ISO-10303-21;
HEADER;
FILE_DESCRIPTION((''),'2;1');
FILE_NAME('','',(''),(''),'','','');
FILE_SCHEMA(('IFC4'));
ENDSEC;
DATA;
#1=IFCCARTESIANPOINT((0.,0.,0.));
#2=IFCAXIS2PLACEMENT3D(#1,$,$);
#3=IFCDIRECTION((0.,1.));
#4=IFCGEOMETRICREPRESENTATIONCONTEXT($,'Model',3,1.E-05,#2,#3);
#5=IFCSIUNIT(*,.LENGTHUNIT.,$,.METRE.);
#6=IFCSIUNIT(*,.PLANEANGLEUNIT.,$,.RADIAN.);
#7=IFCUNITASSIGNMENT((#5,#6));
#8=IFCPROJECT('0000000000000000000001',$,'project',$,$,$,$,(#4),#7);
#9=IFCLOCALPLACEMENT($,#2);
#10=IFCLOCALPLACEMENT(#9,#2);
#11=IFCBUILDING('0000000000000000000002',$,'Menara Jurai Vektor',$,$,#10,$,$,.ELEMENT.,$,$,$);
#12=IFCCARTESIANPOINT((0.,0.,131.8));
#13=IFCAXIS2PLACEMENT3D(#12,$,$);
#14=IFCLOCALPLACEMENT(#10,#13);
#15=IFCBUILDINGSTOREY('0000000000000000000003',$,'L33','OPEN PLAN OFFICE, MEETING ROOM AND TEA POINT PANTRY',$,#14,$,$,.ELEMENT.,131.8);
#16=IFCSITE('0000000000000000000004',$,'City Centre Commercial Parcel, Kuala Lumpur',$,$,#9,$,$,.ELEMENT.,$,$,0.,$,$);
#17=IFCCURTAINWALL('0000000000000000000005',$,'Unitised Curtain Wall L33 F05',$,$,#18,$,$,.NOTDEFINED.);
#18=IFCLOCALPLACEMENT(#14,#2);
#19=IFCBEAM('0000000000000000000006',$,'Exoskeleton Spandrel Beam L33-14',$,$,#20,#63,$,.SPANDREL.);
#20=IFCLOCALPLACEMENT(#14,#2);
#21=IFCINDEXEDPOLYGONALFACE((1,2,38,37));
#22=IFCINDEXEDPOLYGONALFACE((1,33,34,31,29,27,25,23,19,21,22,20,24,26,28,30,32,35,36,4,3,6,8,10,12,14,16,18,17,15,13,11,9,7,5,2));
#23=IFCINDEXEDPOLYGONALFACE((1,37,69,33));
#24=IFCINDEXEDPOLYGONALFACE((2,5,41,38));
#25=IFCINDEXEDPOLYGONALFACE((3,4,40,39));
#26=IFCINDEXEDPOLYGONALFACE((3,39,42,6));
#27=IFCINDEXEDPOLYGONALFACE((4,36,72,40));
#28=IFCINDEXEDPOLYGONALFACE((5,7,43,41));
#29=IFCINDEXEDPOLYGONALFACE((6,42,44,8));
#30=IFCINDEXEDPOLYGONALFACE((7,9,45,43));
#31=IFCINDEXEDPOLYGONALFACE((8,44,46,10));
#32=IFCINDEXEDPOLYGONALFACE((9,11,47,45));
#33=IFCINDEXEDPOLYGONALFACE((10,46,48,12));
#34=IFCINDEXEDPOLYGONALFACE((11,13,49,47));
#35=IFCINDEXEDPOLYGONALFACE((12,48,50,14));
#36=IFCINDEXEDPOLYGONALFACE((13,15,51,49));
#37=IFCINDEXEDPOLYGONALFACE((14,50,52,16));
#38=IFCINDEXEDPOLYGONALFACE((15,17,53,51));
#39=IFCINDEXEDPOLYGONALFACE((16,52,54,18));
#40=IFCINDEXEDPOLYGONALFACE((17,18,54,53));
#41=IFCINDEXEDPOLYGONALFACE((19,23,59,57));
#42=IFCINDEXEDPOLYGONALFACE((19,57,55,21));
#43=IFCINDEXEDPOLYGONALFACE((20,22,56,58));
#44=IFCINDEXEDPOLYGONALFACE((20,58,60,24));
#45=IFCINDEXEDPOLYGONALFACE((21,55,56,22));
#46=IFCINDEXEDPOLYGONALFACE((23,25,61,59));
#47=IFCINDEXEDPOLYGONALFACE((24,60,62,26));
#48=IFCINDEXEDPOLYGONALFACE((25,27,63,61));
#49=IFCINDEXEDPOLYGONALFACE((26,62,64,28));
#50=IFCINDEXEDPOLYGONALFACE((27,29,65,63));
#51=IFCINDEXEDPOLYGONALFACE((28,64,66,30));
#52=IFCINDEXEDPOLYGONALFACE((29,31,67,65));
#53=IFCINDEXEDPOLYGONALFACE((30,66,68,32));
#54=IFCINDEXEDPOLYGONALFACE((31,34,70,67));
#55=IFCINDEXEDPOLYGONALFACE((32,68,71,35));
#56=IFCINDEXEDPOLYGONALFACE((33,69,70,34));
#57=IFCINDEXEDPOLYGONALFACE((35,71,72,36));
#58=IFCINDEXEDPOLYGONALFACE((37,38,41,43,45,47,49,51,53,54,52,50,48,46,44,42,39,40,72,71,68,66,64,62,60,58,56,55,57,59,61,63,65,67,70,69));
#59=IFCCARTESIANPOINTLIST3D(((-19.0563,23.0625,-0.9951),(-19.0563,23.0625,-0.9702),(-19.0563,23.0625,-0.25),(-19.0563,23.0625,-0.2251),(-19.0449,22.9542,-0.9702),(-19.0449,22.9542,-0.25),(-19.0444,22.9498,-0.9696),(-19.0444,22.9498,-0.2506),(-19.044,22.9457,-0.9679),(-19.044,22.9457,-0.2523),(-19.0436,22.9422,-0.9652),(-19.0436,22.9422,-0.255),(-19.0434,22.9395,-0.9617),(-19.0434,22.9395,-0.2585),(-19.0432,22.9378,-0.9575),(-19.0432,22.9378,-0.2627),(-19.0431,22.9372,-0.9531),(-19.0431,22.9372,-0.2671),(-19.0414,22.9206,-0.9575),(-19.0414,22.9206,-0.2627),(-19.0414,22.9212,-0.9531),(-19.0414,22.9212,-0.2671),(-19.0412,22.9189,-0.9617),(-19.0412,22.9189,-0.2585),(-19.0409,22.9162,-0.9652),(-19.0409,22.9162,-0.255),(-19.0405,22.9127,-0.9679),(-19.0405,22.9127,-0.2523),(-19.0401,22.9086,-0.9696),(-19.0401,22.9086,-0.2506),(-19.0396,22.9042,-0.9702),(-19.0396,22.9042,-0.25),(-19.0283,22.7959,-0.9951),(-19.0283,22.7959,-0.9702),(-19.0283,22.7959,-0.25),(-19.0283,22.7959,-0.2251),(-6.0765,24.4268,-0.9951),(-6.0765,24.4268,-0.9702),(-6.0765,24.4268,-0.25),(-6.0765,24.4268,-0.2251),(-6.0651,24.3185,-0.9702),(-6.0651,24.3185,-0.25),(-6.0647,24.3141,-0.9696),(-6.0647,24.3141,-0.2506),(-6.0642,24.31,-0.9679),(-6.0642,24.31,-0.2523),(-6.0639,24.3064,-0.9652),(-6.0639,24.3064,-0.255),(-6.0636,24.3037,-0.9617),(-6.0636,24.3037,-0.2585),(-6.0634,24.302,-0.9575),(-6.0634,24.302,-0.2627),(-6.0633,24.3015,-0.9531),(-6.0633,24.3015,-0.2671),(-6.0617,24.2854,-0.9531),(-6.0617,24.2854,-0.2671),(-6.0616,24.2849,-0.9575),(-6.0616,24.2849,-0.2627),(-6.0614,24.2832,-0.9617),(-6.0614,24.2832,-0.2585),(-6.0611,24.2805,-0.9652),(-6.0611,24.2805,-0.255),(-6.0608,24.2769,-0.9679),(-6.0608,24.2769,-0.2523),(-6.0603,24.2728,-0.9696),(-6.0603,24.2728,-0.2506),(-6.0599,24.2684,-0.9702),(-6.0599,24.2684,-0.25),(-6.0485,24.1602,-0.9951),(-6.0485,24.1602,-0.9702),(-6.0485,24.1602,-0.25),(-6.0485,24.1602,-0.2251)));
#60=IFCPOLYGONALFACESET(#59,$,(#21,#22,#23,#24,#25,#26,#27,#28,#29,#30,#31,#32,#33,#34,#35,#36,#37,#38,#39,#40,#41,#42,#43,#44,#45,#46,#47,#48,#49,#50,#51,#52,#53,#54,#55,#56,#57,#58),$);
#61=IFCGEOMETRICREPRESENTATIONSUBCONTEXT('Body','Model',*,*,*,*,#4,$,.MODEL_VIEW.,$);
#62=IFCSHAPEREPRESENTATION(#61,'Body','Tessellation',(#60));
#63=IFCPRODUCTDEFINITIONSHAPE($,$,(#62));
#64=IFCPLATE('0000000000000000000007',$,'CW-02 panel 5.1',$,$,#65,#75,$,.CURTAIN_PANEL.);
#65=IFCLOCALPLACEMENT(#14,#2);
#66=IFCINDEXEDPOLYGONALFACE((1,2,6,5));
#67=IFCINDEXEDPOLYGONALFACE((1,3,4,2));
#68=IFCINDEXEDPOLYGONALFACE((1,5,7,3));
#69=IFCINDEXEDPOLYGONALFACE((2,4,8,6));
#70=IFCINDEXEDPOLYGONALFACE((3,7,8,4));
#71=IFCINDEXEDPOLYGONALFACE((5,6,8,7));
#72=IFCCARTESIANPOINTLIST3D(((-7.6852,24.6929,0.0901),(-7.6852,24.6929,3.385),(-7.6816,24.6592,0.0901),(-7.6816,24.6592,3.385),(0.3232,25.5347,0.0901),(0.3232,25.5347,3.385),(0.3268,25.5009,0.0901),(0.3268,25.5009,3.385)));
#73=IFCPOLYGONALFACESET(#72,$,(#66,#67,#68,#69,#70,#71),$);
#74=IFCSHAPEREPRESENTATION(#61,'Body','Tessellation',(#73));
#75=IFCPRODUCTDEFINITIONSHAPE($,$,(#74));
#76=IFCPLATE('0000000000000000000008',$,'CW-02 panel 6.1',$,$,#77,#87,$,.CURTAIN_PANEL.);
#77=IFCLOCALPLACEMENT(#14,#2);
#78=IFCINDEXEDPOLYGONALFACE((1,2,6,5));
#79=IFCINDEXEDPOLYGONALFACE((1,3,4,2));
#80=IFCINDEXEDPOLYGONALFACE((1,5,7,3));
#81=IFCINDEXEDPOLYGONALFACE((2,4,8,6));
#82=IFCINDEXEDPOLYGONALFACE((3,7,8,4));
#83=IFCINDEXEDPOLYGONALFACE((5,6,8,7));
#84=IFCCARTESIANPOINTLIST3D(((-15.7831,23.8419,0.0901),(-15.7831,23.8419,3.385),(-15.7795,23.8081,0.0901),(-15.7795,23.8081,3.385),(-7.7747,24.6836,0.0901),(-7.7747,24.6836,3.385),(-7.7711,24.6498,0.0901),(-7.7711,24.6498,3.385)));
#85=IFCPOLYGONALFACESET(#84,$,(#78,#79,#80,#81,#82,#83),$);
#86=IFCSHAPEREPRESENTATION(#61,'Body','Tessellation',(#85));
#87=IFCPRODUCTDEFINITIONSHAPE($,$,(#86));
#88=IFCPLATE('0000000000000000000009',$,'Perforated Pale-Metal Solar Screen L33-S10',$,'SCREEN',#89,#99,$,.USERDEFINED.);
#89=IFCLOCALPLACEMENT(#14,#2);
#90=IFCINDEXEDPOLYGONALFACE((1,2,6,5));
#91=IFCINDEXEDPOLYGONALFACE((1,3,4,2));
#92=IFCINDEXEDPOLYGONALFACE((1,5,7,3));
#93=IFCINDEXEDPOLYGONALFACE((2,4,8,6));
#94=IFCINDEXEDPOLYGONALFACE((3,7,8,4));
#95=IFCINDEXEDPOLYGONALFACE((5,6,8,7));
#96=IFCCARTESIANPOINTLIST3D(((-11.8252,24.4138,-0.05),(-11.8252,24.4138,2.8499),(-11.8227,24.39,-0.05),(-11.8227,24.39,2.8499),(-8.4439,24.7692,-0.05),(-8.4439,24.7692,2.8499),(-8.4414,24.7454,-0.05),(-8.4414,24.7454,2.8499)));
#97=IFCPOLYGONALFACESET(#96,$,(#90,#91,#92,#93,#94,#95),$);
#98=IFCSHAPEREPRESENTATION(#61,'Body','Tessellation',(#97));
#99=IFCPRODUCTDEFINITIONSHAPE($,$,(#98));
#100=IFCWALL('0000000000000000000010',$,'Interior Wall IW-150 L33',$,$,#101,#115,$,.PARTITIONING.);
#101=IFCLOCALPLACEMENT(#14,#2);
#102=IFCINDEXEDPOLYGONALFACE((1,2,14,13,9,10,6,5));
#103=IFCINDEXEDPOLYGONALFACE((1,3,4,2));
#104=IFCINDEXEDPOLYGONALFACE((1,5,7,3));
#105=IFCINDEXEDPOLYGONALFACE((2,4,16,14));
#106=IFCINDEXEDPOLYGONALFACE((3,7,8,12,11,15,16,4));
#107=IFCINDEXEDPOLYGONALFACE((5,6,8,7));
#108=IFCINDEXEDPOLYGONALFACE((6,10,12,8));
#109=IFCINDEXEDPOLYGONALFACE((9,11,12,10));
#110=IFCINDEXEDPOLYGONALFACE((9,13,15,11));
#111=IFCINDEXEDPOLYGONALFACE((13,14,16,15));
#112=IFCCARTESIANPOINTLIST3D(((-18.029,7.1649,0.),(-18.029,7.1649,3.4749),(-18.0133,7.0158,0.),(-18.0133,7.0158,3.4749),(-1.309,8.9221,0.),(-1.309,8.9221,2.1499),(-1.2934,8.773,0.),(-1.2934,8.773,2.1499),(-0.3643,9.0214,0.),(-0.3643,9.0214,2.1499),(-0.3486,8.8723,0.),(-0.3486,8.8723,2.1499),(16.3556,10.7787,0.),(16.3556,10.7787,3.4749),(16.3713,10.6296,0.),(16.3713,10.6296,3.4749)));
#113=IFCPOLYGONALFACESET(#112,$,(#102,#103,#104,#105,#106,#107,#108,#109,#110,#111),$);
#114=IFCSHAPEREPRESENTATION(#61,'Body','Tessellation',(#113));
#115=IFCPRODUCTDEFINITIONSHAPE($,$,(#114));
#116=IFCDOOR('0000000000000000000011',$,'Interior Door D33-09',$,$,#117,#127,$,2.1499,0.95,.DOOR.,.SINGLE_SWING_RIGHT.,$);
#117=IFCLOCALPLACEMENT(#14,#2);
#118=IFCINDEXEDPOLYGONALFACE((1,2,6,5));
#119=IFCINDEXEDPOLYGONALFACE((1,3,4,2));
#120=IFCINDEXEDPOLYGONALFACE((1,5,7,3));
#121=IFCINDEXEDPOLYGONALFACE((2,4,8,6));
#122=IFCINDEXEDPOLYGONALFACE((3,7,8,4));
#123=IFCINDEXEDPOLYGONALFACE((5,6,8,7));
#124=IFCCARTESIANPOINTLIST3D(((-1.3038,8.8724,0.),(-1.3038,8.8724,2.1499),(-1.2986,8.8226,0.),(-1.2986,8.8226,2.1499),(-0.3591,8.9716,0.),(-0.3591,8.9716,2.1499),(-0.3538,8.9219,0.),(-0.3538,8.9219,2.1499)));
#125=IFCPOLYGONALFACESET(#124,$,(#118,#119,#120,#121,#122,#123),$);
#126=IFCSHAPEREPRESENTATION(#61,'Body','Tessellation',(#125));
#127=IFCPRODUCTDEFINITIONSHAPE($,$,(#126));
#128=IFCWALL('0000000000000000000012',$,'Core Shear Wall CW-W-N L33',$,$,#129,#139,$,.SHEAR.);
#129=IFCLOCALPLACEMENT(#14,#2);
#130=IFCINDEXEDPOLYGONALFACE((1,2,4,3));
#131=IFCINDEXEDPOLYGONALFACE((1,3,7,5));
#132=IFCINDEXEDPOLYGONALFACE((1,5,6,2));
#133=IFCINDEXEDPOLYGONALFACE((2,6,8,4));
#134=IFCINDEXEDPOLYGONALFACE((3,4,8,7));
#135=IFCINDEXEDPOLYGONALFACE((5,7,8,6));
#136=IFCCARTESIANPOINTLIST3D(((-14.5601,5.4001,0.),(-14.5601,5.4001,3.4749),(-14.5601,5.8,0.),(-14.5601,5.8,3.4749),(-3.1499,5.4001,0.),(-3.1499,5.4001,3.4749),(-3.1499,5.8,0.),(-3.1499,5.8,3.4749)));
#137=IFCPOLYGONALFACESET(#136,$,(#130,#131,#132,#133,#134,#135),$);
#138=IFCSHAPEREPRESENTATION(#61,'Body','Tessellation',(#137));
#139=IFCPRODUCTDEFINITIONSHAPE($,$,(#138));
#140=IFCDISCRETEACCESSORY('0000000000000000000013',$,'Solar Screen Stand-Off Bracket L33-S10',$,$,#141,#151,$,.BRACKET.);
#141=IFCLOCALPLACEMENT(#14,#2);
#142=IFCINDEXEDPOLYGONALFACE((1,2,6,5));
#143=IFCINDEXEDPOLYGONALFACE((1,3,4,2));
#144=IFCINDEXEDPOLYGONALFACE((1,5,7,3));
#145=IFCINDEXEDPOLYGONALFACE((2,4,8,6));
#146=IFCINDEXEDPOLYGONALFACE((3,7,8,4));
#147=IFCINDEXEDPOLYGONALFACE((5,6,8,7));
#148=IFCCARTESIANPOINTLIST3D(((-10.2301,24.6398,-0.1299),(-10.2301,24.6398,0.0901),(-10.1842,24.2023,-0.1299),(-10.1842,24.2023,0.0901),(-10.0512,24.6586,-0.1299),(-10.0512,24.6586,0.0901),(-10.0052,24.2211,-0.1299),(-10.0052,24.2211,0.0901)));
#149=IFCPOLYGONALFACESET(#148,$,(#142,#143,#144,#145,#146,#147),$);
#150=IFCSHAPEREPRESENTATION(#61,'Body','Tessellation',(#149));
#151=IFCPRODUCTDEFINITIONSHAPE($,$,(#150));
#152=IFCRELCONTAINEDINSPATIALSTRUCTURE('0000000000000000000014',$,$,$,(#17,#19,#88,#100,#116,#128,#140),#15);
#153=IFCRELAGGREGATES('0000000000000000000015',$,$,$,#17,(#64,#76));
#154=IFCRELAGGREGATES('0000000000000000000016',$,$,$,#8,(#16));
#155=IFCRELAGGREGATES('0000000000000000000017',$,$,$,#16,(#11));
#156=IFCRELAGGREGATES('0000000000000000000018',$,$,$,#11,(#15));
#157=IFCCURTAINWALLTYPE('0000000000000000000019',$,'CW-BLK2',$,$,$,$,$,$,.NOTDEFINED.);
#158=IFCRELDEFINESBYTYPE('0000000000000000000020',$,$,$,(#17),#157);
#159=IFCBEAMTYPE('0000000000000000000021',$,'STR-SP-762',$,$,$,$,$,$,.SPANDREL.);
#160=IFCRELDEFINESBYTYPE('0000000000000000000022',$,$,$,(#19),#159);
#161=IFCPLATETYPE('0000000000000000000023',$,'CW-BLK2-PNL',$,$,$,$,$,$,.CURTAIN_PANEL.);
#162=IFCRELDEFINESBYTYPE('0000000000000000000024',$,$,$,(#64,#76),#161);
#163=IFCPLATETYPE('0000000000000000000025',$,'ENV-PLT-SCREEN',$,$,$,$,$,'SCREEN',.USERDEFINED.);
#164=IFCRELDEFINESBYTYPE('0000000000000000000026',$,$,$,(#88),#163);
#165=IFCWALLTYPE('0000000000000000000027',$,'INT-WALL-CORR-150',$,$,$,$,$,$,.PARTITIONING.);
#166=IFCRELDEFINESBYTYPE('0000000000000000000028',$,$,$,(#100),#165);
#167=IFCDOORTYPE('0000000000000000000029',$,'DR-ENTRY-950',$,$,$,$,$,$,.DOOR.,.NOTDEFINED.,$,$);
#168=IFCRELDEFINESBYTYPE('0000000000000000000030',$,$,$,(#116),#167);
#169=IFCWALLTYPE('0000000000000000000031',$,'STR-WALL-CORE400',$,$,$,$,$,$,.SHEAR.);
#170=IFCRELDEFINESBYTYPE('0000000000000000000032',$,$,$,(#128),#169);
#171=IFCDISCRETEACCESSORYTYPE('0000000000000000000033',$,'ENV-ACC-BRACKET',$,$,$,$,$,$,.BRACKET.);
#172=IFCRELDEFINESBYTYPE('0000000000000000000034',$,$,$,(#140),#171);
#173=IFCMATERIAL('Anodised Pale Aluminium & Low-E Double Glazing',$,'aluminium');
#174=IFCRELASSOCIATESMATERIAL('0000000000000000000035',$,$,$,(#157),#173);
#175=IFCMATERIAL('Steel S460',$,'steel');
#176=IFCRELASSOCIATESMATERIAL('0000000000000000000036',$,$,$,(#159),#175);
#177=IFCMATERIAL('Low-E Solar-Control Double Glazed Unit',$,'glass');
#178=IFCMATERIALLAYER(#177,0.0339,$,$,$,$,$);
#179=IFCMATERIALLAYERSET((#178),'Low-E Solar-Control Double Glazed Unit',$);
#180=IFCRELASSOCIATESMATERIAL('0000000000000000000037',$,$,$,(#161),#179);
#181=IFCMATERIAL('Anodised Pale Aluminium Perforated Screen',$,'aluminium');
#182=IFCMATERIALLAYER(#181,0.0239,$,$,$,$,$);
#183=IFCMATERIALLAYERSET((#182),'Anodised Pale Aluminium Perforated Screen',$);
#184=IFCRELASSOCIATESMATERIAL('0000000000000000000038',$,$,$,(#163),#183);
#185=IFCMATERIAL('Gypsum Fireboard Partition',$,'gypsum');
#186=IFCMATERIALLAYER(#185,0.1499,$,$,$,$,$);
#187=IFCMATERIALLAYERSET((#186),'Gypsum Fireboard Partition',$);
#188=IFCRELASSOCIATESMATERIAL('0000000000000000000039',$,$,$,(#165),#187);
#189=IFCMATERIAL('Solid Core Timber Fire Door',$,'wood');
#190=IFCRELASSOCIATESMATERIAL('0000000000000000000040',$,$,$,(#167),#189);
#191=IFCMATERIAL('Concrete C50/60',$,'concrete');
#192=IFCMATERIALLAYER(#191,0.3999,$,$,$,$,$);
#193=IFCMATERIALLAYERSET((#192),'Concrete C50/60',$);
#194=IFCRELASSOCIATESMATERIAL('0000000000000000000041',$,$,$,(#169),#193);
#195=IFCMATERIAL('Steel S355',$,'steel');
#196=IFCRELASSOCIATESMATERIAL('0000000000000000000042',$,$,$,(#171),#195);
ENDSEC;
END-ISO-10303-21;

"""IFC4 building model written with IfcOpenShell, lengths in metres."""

from ifc_helpers import new_model, si_unit, direction, frame, frame_2d, origin, origin_2d, place, context, subcontext, project, spatial, rectangle, i_section, extrude, material, layer, layer_set, material_profile, profile_set, type_object, element, fill, aggregate, save


model = new_model("IFC4")

# Units and contexts
model_context = context("Model", 3, precision=1e-05, world=origin(), true_north=direction((0.0, 1.0)))
body_context = subcontext(model_context, "Body", "Model", "MODEL_VIEW")
ifc_project = project(units=[si_unit("LENGTHUNIT", "METRE"), si_unit("PLANEANGLEUNIT", "RADIAN")], contexts=[model_context])

# Site, building, storey
site_placement = place(None, origin())
site = spatial("IfcSite", under=ifc_project, at=site_placement, Name="City Centre Commercial Parcel, Kuala Lumpur", CompositionType="ELEMENT", RefElevation=0.0)
building_placement = place(site_placement, origin())
building = spatial("IfcBuilding", under=site, at=building_placement, Name="Menara Jurai Vektor", CompositionType="ELEMENT")
storey_placement = place(building_placement, frame((0.0, 0.0, 131.8)))
storey = spatial("IfcBuildingStorey", under=building, at=storey_placement, Name="L33", Description="OPEN PLAN OFFICE, MEETING ROOM AND TEA POINT PANTRY", CompositionType="ELEMENT", Elevation=131.8)

# Shared definitions
ifc_material_1 = material(Name="Steel S355", Category="steel")
ifc_material_2 = material(Name="Steel S460", Category="steel")

# Curtain wall
ifc_material_3 = material(Name="Anodised Pale Aluminium & Low-E Double Glazing", Category="aluminium")
curtain_wall_type = type_object("IfcCurtainWallType", Name="CW-BLK2", PredefinedType="NOTDEFINED", material=ifc_material_3)
curtain_wall_placement = place(storey_placement, origin())
curtain_wall = element("IfcCurtainWall", 1, at=curtain_wall_placement, inside=storey, type_object=curtain_wall_type, Name="Unitised Curtain Wall L33 F05", PredefinedType="NOTDEFINED")

# Beam
ifc_material_profile_1 = material_profile(ifc_material_2, i_section(OverallWidth=0.2681, OverallDepth=0.77, WebThickness=0.0161, FlangeThickness=0.0249, FilletRadius=0.0171, at=origin_2d()), Name="UKB 762x267x197")
ifc_profile_set_1 = profile_set([ifc_material_profile_1], Name="Steel S460")
beam_type_1 = type_object("IfcBeamType", Name="STR-SP-762", PredefinedType="SPANDREL", material=ifc_profile_set_1)
beam_1_placement = place(storey_placement, frame((-6.0625, 24.2935, -0.6101), z_axis=(-0.994522, -0.104531, 0.0), x_axis=(0.104531, -0.994522, 0.0)))
element("IfcBeam", 2, at=beam_1_placement, inside=storey, type_object=beam_type_1, Name="Exoskeleton Spandrel Beam L33-14", PredefinedType="SPANDREL", context=body_context, shape_type="SweptSolid", body=[
    extrude(i_section(OverallWidth=0.2681, OverallDepth=0.77, WebThickness=0.0161, FlangeThickness=0.0249, FilletRadius=0.0171, at=origin_2d()), origin(), (0.0, 0.0, 1.0), 13.0513),
])

# Plates
ifc_material_4 = material(Name="Low-E Solar-Control Double Glazed Unit", Category="glass")
ifc_layer_1 = layer(ifc_material_4, 0.0339)
ifc_layer_set_1 = layer_set([ifc_layer_1], Name="Low-E Solar-Control Double Glazed Unit")
plate_type_1 = type_object("IfcPlateType", Name="CW-BLK2-PNL", PredefinedType="CURTAIN_PANEL", material=ifc_layer_set_1)
plate_1_placement = place(storey_placement, frame((-3.6792, 25.0969, 0.0901), z_axis=(0.0, 0.0, 1.0), x_axis=(-0.994522, -0.104529, 0.0)))
plate_1 = element("IfcPlate", 3, at=plate_1_placement, type_object=plate_type_1, Name="CW-02 panel 5.1", PredefinedType="CURTAIN_PANEL", context=body_context, shape_type="SweptSolid", body=[
    extrude(rectangle(XDim=8.0525, YDim=0.0339, at=origin_2d()), origin(), (0.0, 0.0, 1.0), 3.2949),
])
plate_2_placement = place(storey_placement, frame((-11.7771, 24.2458, 0.0901), z_axis=(0.0, 0.0, 1.0), x_axis=(-0.994522, -0.104529, 0.0)))
plate_2 = element("IfcPlate", 4, at=plate_2_placement, type_object=plate_type_1, Name="CW-02 panel 6.1", PredefinedType="CURTAIN_PANEL", context=body_context, shape_type="SweptSolid", body=[
    extrude(rectangle(XDim=8.0525, YDim=0.0339, at=origin_2d()), origin(), (0.0, 0.0, 1.0), 3.2949),
])
aggregate(curtain_wall, [plate_1, plate_2])
ifc_material_5 = material(Name="Anodised Pale Aluminium Perforated Screen", Category="aluminium")
ifc_layer_2 = layer(ifc_material_5, 0.0239)
ifc_layer_set_2 = layer_set([ifc_layer_2], Name="Anodised Pale Aluminium Perforated Screen")
plate_type_2 = type_object("IfcPlateType", Name="ENV-PLT-SCREEN", ElementType="SCREEN", PredefinedType="USERDEFINED", material=ifc_layer_set_2)
plate_3_placement = place(storey_placement, frame((-10.1333, 24.5796, -0.05), z_axis=(0.0, 0.0, 1.0), x_axis=(-0.994522, -0.104528, 0.0)))
element("IfcPlate", 5, at=plate_3_placement, inside=storey, type_object=plate_type_2, Name="Perforated Pale-Metal Solar Screen L33-S10", ObjectType="SCREEN", PredefinedType="USERDEFINED", context=body_context, shape_type="SweptSolid", body=[
    extrude(rectangle(XDim=3.3999, YDim=0.0239, at=origin_2d()), origin(), (0.0, 0.0, 1.0), 2.8999),
])

# Wall, opening, door
ifc_material_6 = material(Name="Gypsum Fireboard Partition", Category="gypsum")
ifc_layer_3 = layer(ifc_material_6, 0.1499)
ifc_layer_set_3 = layer_set([ifc_layer_3], Name="Gypsum Fireboard Partition")
wall_type_1 = type_object("IfcWallType", Name="INT-WALL-CORR-150", PredefinedType="PARTITIONING", material=ifc_layer_set_3)
wall_1_placement = place(storey_placement, frame((-18.0212, 7.0903, 0.0), z_axis=(0.0, 0.0, 1.0), x_axis=(0.994522, 0.104523, 0.0)))
wall_1 = element("IfcWall", 6, at=wall_1_placement, inside=storey, type_object=wall_type_1, Name="Interior Wall IW-150 L33", PredefinedType="PARTITIONING", context=body_context, shape_type="SweptSolid", body=[
    extrude(rectangle(XDim=34.574, YDim=0.1499, at=frame_2d((17.2871, 0.0))), origin(), (0.0, 0.0, 1.0), 3.4749),
])
opening_placement = place(wall_1_placement, frame((16.812, 0.0, 0.0)))
opening = element("IfcOpeningElement", 7, at=opening_placement, cuts=wall_1, PredefinedType="OPENING", context=body_context, shape_type="SweptSolid", body=[
    extrude(rectangle(XDim=0.95, YDim=2.1499, at=frame_2d((0.4751, 1.075))), frame((0.0, 0.085, 0.0), z_axis=(0.0, -1.0, 0.0), x_axis=(1.0, 0.0, 0.0)), (0.0, 0.0, 1.0), 0.1699),
])
ifc_material_7 = material(Name="Solid Core Timber Fire Door", Category="wood")
door_type = type_object("IfcDoorType", Name="DR-ENTRY-950", OperationType="NOTDEFINED", PredefinedType="DOOR", material=ifc_material_7)
door_placement = place(opening_placement, origin())
door = element("IfcDoor", 8, at=door_placement, inside=storey, type_object=door_type, Name="Interior Door D33-09", OperationType="SINGLE_SWING_RIGHT", OverallHeight=2.1499, OverallWidth=0.95, PredefinedType="DOOR", context=body_context, shape_type="SweptSolid", body=[
    extrude(rectangle(XDim=0.95, YDim=2.1499, at=frame_2d((0.4751, 1.075))), frame((0.0, 0.0249, 0.0), z_axis=(0.0, -1.0, 0.0), x_axis=(1.0, 0.0, 0.0)), (0.0, 0.0, 1.0), 0.05),
])
fill(opening, door)

# Wall
ifc_material_8 = material(Name="Concrete C50/60", Category="concrete")
ifc_layer_4 = layer(ifc_material_8, 0.3999)
ifc_layer_set_4 = layer_set([ifc_layer_4], Name="Concrete C50/60")
wall_type_2 = type_object("IfcWallType", Name="STR-WALL-CORE400", PredefinedType="SHEAR", material=ifc_layer_set_4)
wall_2_placement = place(storey_placement, frame((-14.5601, 5.6001, 0.0), z_axis=(0.0, 0.0, 1.0), x_axis=(1.0, 0.0, 0.0)))
element("IfcWall", 9, at=wall_2_placement, inside=storey, type_object=wall_type_2, Name="Core Shear Wall CW-W-N L33", PredefinedType="SHEAR", context=body_context, shape_type="SweptSolid", body=[
    extrude(rectangle(XDim=11.4102, YDim=0.3999, at=frame_2d((5.7051, 0.0))), origin(), (0.0, 0.0, 1.0), 3.4749),
])

# Discrete accessory
discrete_accessory_type = type_object("IfcDiscreteAccessoryType", Name="ENV-ACC-BRACKET", PredefinedType="BRACKET", material=ifc_material_1)
discrete_accessory_placement = place(storey_placement, frame((-10.1177, 24.4304, -0.1299), z_axis=(0.0, 0.0, 1.0), x_axis=(-0.994522, -0.104528, 0.0)))
element("IfcDiscreteAccessory", 10, at=discrete_accessory_placement, inside=storey, type_object=discrete_accessory_type, Name="Solar Screen Stand-Off Bracket L33-S10", PredefinedType="BRACKET", context=body_context, shape_type="SweptSolid", body=[
    extrude(rectangle(XDim=0.1799, YDim=0.4399, at=origin_2d()), origin(), (0.0, 0.0, 1.0), 0.22),
])

save(model, "model.ifc")
